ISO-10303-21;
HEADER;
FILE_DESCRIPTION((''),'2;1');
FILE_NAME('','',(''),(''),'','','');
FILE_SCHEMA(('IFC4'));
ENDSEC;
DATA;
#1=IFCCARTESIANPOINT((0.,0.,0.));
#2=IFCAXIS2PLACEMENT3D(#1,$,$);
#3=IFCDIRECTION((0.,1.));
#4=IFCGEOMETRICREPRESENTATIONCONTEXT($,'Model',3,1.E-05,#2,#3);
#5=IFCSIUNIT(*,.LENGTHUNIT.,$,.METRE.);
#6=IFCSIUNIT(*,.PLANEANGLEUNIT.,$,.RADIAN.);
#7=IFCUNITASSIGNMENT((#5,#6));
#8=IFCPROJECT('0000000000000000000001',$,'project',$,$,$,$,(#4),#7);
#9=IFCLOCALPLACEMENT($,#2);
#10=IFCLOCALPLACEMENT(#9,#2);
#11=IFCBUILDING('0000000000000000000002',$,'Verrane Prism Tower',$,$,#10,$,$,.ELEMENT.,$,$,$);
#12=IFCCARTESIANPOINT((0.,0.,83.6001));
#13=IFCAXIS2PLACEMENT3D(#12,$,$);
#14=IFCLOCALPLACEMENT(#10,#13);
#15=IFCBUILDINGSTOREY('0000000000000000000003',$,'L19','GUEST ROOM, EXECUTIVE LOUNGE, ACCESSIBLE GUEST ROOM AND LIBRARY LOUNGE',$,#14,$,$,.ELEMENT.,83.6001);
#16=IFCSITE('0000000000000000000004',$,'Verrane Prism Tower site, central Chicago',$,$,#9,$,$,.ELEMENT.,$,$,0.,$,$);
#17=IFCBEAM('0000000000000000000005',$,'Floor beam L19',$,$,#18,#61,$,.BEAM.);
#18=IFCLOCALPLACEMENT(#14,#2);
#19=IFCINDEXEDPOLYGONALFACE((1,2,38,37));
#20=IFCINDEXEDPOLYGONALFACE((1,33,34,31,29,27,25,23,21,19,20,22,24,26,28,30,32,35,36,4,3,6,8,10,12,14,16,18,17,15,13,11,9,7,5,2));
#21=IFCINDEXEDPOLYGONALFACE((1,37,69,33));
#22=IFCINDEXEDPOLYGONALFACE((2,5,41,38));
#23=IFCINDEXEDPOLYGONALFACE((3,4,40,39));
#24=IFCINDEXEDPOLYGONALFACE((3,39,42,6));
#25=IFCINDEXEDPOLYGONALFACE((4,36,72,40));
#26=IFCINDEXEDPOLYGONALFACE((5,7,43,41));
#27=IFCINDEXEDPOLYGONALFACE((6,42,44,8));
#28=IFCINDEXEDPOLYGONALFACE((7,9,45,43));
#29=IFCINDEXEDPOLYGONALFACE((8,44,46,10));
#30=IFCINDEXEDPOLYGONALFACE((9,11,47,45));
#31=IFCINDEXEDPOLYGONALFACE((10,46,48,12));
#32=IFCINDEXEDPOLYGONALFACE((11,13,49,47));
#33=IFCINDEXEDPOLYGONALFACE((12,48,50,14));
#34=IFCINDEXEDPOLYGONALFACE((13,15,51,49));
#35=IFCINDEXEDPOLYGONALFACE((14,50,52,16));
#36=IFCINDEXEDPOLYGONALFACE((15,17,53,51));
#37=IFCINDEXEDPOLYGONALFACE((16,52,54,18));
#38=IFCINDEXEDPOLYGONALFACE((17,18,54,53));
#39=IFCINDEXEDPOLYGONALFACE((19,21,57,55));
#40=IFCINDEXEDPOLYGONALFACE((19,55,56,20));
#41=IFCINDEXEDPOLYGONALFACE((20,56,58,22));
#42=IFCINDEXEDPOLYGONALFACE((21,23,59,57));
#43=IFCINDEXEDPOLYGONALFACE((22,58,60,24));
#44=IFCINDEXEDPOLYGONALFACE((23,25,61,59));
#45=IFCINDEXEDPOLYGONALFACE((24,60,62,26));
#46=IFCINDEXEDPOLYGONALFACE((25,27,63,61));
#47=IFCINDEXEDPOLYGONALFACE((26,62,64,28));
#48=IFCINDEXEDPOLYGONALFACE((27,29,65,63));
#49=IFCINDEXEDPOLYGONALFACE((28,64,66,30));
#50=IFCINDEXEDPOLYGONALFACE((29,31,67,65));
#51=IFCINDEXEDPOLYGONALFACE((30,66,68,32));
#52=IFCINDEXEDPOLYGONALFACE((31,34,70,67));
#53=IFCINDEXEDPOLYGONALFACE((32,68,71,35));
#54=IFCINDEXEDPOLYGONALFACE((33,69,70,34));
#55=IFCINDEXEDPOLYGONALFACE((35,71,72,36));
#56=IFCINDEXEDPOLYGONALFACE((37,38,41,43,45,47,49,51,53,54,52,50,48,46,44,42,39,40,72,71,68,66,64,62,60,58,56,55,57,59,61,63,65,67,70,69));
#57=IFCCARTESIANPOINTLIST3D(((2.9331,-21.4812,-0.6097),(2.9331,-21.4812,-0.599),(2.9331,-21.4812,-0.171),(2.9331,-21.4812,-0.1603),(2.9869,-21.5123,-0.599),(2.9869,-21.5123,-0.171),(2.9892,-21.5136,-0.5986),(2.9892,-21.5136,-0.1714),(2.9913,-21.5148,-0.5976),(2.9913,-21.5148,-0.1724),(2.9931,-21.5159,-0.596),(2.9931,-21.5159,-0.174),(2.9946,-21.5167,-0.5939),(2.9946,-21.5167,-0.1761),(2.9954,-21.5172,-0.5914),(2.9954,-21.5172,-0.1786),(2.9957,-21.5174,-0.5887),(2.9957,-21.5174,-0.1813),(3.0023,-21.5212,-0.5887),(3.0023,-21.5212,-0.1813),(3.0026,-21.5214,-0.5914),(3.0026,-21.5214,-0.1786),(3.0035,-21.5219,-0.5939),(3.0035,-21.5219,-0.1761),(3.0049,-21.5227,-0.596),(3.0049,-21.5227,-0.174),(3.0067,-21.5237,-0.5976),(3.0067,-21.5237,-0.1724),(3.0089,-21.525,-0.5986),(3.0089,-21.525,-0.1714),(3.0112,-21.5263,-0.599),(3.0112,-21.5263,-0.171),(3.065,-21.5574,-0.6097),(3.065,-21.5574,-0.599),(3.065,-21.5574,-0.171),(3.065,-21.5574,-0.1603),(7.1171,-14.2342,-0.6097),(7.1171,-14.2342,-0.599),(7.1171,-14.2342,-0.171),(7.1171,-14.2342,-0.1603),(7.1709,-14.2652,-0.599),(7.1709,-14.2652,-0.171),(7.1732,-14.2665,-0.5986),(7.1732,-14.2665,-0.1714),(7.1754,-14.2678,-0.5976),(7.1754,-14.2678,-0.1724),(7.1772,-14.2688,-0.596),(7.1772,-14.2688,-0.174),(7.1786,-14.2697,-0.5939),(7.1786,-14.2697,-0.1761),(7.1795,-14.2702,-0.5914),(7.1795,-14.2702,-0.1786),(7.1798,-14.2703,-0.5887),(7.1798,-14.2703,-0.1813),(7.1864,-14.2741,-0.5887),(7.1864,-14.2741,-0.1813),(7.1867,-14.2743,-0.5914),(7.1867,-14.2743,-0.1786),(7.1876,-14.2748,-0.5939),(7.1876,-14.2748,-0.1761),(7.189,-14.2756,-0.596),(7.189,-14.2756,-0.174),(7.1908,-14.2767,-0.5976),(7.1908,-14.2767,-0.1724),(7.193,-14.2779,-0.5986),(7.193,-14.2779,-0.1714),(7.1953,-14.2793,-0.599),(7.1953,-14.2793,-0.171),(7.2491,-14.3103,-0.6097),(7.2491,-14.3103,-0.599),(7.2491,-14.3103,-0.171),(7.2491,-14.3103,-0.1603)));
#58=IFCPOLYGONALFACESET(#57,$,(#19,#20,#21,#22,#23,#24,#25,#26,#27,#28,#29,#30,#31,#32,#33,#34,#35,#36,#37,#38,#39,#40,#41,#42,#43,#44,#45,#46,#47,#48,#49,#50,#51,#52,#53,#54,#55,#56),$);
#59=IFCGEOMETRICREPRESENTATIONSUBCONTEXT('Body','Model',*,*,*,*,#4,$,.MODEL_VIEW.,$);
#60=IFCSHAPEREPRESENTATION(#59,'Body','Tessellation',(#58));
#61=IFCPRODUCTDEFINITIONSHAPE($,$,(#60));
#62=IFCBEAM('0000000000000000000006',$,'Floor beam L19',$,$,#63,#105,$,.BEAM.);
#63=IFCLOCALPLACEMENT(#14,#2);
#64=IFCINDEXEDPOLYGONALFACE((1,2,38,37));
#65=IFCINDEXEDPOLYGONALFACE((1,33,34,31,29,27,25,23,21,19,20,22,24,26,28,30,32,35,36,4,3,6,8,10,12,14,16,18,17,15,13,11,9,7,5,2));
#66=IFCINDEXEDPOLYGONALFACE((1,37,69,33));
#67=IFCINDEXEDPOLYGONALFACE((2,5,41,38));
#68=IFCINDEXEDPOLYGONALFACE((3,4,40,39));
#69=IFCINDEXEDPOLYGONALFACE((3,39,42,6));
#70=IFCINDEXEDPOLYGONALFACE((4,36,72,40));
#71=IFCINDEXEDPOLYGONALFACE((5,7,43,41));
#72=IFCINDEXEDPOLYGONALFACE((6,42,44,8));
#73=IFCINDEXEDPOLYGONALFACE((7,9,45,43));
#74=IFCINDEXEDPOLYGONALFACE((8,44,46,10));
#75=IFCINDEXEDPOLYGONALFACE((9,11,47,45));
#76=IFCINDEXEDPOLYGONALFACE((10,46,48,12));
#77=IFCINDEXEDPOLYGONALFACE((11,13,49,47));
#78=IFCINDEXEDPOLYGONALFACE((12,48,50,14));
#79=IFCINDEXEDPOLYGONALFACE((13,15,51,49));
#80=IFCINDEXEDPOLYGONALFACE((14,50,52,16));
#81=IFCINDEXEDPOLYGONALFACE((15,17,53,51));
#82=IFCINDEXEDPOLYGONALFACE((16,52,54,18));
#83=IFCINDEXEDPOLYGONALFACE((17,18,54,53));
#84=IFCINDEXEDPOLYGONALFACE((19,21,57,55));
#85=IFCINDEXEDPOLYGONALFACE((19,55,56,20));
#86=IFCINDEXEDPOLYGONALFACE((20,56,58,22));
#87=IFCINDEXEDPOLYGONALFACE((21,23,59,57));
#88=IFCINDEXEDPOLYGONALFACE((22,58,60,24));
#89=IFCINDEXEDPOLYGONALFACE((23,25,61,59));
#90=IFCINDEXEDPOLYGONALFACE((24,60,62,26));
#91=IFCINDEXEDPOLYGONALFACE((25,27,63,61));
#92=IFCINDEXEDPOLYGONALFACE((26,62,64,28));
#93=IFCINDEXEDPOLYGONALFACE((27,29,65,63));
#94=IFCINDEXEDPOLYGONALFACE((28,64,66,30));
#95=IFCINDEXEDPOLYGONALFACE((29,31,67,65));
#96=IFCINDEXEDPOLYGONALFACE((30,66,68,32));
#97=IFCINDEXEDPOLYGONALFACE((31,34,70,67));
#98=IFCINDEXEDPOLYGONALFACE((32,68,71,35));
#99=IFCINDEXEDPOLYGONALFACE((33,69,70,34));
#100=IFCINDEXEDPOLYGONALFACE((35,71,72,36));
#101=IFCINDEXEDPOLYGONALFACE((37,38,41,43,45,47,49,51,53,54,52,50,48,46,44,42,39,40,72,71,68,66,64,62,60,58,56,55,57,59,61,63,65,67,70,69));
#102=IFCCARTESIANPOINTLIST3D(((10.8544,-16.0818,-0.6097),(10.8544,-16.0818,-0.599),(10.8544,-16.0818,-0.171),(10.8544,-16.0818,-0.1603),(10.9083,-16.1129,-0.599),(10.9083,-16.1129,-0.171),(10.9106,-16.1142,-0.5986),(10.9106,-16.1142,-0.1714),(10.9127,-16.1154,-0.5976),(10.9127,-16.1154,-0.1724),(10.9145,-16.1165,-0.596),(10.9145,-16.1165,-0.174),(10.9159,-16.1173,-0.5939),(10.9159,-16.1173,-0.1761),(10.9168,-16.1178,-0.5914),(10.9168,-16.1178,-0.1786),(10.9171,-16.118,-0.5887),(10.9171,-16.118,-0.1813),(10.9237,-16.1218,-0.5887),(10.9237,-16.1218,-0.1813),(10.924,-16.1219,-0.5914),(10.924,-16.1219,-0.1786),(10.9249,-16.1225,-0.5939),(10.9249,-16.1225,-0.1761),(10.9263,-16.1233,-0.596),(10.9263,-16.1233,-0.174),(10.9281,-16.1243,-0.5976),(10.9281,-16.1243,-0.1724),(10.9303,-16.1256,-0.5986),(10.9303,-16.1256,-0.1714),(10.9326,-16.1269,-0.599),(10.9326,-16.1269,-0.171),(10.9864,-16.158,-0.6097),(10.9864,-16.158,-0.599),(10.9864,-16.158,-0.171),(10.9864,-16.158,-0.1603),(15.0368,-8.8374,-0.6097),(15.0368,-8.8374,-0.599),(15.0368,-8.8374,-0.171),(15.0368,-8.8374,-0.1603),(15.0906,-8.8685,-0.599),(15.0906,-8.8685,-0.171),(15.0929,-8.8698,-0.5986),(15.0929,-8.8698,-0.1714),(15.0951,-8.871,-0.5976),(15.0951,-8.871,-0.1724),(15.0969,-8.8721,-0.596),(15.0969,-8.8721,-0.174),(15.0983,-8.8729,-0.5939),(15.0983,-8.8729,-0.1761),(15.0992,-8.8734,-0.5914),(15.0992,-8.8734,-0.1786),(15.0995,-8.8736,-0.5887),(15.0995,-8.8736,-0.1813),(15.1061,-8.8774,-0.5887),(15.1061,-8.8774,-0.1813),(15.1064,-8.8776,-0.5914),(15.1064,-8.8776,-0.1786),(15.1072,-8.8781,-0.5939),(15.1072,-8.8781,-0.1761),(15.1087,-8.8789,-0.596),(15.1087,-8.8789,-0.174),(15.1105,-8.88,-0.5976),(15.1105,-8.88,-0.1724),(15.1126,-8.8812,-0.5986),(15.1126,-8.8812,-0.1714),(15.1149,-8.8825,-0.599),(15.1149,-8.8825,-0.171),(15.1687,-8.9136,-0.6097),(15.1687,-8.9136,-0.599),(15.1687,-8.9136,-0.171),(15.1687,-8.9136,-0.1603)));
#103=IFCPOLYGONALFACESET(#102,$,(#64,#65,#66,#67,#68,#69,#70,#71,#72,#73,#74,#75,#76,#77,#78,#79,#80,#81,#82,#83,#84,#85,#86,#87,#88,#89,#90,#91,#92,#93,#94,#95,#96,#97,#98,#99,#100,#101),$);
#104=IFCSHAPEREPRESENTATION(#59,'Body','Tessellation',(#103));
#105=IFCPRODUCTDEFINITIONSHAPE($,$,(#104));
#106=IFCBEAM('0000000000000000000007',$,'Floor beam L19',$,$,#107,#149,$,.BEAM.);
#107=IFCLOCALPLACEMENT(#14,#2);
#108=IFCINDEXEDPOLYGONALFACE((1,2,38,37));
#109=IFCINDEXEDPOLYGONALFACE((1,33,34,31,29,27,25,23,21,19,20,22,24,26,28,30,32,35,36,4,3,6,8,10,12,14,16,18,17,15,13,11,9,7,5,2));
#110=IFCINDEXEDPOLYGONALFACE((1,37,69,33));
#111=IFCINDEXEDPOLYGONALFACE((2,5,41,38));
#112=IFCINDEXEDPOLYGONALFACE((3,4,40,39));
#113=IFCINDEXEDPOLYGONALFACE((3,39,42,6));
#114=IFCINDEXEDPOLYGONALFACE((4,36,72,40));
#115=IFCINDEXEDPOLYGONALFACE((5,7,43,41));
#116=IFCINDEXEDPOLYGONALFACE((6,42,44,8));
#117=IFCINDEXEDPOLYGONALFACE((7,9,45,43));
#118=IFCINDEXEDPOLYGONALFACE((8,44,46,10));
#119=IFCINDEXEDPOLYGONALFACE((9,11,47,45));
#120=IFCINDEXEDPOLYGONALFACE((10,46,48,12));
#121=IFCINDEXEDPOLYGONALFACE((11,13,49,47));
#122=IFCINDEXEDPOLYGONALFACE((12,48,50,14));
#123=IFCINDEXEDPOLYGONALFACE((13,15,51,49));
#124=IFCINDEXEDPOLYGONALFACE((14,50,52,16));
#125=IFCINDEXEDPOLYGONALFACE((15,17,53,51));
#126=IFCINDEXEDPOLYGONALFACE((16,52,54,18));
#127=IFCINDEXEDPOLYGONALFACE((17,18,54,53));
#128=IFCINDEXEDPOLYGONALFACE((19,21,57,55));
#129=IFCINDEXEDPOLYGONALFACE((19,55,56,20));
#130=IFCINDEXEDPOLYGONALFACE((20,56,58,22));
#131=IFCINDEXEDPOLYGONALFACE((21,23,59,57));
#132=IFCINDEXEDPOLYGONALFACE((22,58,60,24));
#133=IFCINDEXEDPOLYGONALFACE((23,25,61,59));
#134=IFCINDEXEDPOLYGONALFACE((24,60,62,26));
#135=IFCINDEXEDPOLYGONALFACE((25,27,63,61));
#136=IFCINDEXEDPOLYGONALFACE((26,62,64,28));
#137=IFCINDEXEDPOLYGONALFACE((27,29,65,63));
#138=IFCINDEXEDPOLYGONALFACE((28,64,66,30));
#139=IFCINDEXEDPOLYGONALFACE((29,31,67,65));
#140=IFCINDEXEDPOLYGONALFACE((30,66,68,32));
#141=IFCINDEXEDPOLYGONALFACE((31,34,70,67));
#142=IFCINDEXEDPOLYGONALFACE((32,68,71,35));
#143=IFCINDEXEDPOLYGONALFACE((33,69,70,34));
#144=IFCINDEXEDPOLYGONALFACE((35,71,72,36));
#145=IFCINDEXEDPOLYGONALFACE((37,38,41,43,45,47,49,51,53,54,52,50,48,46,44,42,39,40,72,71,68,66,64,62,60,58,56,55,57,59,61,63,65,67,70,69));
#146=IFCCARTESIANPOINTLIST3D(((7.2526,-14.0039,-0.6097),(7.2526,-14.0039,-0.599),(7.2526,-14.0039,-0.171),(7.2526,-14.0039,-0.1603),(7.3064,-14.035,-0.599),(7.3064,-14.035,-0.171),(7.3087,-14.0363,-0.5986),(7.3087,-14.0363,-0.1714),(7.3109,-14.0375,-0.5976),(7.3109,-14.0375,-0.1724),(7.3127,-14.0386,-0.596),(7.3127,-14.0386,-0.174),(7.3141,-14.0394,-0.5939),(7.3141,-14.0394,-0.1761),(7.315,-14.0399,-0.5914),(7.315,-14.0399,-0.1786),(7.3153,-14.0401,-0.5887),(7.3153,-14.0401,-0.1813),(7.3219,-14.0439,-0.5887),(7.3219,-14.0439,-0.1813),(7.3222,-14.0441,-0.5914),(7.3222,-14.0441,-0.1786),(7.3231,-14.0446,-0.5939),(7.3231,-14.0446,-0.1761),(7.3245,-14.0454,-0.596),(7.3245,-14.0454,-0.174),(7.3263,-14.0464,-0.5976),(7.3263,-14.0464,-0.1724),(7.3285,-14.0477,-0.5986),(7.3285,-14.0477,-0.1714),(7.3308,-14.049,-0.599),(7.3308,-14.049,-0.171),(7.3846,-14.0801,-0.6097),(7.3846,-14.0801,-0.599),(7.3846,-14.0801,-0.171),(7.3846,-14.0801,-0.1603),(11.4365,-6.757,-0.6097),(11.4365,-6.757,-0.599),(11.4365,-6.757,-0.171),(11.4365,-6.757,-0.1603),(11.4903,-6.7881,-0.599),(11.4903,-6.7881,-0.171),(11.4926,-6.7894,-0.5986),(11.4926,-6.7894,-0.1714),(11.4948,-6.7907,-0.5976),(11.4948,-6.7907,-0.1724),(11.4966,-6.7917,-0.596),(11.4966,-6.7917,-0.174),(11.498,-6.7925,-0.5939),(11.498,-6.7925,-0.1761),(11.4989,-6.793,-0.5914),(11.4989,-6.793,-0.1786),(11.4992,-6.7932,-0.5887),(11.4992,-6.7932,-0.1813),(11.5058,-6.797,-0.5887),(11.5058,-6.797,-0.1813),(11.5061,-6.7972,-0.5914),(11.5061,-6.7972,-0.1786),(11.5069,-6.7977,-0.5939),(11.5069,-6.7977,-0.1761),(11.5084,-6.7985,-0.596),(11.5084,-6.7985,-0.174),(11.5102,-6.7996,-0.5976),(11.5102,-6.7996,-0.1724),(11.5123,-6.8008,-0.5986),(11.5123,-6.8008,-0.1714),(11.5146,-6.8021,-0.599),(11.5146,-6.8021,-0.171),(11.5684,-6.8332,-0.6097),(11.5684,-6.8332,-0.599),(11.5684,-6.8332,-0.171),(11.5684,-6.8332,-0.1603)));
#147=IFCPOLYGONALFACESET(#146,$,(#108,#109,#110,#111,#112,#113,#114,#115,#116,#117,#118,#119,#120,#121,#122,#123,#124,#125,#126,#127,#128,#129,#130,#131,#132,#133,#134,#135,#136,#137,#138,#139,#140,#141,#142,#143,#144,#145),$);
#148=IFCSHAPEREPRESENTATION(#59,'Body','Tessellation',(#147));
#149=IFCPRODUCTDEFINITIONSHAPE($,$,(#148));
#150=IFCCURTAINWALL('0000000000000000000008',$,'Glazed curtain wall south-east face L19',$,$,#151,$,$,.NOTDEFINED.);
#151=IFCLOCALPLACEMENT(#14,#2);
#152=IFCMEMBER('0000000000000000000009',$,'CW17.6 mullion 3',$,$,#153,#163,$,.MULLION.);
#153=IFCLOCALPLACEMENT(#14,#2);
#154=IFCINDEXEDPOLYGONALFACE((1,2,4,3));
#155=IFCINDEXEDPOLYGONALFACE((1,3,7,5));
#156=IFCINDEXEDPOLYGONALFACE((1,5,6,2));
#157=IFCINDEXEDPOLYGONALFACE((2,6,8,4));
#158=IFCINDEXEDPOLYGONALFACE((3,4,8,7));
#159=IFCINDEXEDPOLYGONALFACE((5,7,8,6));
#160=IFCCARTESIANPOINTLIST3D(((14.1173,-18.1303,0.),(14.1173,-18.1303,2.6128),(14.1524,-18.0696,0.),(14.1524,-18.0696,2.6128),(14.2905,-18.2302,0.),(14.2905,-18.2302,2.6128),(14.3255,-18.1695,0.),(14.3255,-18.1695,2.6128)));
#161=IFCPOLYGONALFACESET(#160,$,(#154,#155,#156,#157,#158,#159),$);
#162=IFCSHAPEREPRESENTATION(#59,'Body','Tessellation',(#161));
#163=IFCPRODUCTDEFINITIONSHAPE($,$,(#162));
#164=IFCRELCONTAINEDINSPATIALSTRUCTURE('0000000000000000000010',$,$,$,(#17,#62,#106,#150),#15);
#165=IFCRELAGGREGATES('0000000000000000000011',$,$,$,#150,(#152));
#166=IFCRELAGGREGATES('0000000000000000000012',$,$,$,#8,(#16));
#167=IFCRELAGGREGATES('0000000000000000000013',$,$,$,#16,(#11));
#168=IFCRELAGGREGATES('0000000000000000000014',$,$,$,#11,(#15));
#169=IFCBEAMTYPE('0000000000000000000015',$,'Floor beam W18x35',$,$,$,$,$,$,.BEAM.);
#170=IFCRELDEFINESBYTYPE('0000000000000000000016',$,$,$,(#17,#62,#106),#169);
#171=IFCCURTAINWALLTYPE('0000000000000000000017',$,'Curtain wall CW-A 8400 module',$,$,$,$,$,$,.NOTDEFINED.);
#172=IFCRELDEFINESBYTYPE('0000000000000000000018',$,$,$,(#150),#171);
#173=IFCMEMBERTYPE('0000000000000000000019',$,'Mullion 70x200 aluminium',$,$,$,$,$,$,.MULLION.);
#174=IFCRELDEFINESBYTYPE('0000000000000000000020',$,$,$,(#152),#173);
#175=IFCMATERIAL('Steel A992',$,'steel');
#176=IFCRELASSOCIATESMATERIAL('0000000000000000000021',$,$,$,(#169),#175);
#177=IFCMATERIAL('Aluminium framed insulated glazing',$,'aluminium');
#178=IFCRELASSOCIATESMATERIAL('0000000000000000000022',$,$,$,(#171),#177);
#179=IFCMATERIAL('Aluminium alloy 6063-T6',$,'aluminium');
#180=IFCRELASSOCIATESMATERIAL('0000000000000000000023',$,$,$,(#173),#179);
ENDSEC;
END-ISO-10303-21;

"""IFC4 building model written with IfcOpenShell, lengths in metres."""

from ifc_helpers import new_model, si_unit, direction, frame, origin, origin_2d, place, context, subcontext, project, spatial, rectangle, i_section, extrude, material, material_profile, profile_set, type_object, element, aggregate, save


model = new_model("IFC4")

# Units and contexts
model_context = context("Model", 3, precision=1e-05, world=origin(), true_north=direction((0.0, 1.0)))
body_context = subcontext(model_context, "Body", "Model", "MODEL_VIEW")
ifc_project = project(units=[si_unit("LENGTHUNIT", "METRE"), si_unit("PLANEANGLEUNIT", "RADIAN")], contexts=[model_context])

# Site, building, storey
site_placement = place(None, origin())
site = spatial("IfcSite", under=ifc_project, at=site_placement, Name="Verrane Prism Tower site, central Chicago", CompositionType="ELEMENT", RefElevation=0.0)
building_placement = place(site_placement, origin())
building = spatial("IfcBuilding", under=site, at=building_placement, Name="Verrane Prism Tower", CompositionType="ELEMENT")
storey_placement = place(building_placement, frame((0.0, 0.0, 83.6001)))
storey = spatial("IfcBuildingStorey", under=building, at=storey_placement, Name="L19", Description="GUEST ROOM, EXECUTIVE LOUNGE, ACCESSIBLE GUEST ROOM AND LIBRARY LOUNGE", CompositionType="ELEMENT", Elevation=83.6001)

# Beams
ifc_material_1 = material(Name="Steel A992", Category="steel")
ifc_material_profile_1 = material_profile(ifc_material_1, i_section(OverallWidth=0.1523, OverallDepth=0.4495, WebThickness=0.0076, FlangeThickness=0.0107, FilletRadius=0.0103, at=origin_2d()), Name="W18x35")
ifc_profile_set_1 = profile_set([ifc_material_profile_1], Name="Steel A992")
beam_type_1 = type_object("IfcBeamType", Name="Floor beam W18x35", PredefinedType="BEAM", material=ifc_profile_set_1)
beam_1_placement = place(storey_placement, frame((2.999, -21.5193, -0.385), z_axis=(0.499999, 0.866026, 0.0), x_axis=(-0.866026, 0.499999, 0.0)))
element("IfcBeam", 1, at=beam_1_placement, inside=storey, type_object=beam_type_1, Name="Floor beam L19", PredefinedType="BEAM", context=body_context, shape_type="SweptSolid", body=[
    extrude(i_section(OverallWidth=0.1523, OverallDepth=0.4495, WebThickness=0.0076, FlangeThickness=0.0107, FilletRadius=0.0103, at=origin_2d()), origin(), (0.0, 0.0, 1.0), 8.3682),
])
beam_2_placement = place(storey_placement, frame((10.9204, -16.1199, -0.385), z_axis=(0.499984, 0.866034, 0.0), x_axis=(-0.866034, 0.499984, 0.0)))
element("IfcBeam", 2, at=beam_2_placement, inside=storey, type_object=beam_type_1, Name="Floor beam L19", PredefinedType="BEAM", context=body_context, shape_type="SweptSolid", body=[
    extrude(i_section(OverallWidth=0.1523, OverallDepth=0.4495, WebThickness=0.0076, FlangeThickness=0.0107, FilletRadius=0.0103, at=origin_2d()), origin(), (0.0, 0.0, 1.0), 8.365),
])
beam_3_placement = place(storey_placement, frame((7.3186, -14.042, -0.385), z_axis=(0.499989, 0.866032, 0.0), x_axis=(-0.866032, 0.499989, 0.0)))
element("IfcBeam", 3, at=beam_3_placement, inside=storey, type_object=beam_type_1, Name="Floor beam L19", PredefinedType="BEAM", context=body_context, shape_type="SweptSolid", body=[
    extrude(i_section(OverallWidth=0.1523, OverallDepth=0.4495, WebThickness=0.0076, FlangeThickness=0.0107, FilletRadius=0.0103, at=origin_2d()), origin(), (0.0, 0.0, 1.0), 8.3679),
])

# Curtain wall, member
ifc_material_2 = material(Name="Aluminium framed insulated glazing", Category="aluminium")
curtain_wall_type = type_object("IfcCurtainWallType", Name="Curtain wall CW-A 8400 module", PredefinedType="NOTDEFINED", material=ifc_material_2)
curtain_wall_placement = place(storey_placement, origin())
curtain_wall = element("IfcCurtainWall", 4, at=curtain_wall_placement, inside=storey, type_object=curtain_wall_type, Name="Glazed curtain wall south-east face L19", PredefinedType="NOTDEFINED")
ifc_material_3 = material(Name="Aluminium alloy 6063-T6", Category="aluminium")
ifc_material_profile_2 = material_profile(ifc_material_3, rectangle(XDim=0.2, YDim=0.0701, at=origin_2d()), Name="Mullion 70x200 aluminium")
ifc_profile_set_2 = profile_set([ifc_material_profile_2], Name="Aluminium alloy 6063-T6")
member_type_1 = type_object("IfcMemberType", Name="Mullion 70x200 aluminium", PredefinedType="MULLION", material=ifc_profile_set_2)
member_1_placement = place(storey_placement, frame((14.2214, -18.1499, 0.0), z_axis=(0.0, 0.0, 1.0), x_axis=(-0.866026, 0.499999, 0.0)))
member_1 = element("IfcMember", 5, at=member_1_placement, type_object=member_type_1, Name="CW17.6 mullion 3", PredefinedType="MULLION", context=body_context, shape_type="SweptSolid", body=[
    extrude(rectangle(XDim=0.2, YDim=0.0701, at=origin_2d()), origin(), (0.0, 0.0, 1.0), 2.6128),
])

aggregate(curtain_wall, [member_1])

save(model, "model.ifc")
